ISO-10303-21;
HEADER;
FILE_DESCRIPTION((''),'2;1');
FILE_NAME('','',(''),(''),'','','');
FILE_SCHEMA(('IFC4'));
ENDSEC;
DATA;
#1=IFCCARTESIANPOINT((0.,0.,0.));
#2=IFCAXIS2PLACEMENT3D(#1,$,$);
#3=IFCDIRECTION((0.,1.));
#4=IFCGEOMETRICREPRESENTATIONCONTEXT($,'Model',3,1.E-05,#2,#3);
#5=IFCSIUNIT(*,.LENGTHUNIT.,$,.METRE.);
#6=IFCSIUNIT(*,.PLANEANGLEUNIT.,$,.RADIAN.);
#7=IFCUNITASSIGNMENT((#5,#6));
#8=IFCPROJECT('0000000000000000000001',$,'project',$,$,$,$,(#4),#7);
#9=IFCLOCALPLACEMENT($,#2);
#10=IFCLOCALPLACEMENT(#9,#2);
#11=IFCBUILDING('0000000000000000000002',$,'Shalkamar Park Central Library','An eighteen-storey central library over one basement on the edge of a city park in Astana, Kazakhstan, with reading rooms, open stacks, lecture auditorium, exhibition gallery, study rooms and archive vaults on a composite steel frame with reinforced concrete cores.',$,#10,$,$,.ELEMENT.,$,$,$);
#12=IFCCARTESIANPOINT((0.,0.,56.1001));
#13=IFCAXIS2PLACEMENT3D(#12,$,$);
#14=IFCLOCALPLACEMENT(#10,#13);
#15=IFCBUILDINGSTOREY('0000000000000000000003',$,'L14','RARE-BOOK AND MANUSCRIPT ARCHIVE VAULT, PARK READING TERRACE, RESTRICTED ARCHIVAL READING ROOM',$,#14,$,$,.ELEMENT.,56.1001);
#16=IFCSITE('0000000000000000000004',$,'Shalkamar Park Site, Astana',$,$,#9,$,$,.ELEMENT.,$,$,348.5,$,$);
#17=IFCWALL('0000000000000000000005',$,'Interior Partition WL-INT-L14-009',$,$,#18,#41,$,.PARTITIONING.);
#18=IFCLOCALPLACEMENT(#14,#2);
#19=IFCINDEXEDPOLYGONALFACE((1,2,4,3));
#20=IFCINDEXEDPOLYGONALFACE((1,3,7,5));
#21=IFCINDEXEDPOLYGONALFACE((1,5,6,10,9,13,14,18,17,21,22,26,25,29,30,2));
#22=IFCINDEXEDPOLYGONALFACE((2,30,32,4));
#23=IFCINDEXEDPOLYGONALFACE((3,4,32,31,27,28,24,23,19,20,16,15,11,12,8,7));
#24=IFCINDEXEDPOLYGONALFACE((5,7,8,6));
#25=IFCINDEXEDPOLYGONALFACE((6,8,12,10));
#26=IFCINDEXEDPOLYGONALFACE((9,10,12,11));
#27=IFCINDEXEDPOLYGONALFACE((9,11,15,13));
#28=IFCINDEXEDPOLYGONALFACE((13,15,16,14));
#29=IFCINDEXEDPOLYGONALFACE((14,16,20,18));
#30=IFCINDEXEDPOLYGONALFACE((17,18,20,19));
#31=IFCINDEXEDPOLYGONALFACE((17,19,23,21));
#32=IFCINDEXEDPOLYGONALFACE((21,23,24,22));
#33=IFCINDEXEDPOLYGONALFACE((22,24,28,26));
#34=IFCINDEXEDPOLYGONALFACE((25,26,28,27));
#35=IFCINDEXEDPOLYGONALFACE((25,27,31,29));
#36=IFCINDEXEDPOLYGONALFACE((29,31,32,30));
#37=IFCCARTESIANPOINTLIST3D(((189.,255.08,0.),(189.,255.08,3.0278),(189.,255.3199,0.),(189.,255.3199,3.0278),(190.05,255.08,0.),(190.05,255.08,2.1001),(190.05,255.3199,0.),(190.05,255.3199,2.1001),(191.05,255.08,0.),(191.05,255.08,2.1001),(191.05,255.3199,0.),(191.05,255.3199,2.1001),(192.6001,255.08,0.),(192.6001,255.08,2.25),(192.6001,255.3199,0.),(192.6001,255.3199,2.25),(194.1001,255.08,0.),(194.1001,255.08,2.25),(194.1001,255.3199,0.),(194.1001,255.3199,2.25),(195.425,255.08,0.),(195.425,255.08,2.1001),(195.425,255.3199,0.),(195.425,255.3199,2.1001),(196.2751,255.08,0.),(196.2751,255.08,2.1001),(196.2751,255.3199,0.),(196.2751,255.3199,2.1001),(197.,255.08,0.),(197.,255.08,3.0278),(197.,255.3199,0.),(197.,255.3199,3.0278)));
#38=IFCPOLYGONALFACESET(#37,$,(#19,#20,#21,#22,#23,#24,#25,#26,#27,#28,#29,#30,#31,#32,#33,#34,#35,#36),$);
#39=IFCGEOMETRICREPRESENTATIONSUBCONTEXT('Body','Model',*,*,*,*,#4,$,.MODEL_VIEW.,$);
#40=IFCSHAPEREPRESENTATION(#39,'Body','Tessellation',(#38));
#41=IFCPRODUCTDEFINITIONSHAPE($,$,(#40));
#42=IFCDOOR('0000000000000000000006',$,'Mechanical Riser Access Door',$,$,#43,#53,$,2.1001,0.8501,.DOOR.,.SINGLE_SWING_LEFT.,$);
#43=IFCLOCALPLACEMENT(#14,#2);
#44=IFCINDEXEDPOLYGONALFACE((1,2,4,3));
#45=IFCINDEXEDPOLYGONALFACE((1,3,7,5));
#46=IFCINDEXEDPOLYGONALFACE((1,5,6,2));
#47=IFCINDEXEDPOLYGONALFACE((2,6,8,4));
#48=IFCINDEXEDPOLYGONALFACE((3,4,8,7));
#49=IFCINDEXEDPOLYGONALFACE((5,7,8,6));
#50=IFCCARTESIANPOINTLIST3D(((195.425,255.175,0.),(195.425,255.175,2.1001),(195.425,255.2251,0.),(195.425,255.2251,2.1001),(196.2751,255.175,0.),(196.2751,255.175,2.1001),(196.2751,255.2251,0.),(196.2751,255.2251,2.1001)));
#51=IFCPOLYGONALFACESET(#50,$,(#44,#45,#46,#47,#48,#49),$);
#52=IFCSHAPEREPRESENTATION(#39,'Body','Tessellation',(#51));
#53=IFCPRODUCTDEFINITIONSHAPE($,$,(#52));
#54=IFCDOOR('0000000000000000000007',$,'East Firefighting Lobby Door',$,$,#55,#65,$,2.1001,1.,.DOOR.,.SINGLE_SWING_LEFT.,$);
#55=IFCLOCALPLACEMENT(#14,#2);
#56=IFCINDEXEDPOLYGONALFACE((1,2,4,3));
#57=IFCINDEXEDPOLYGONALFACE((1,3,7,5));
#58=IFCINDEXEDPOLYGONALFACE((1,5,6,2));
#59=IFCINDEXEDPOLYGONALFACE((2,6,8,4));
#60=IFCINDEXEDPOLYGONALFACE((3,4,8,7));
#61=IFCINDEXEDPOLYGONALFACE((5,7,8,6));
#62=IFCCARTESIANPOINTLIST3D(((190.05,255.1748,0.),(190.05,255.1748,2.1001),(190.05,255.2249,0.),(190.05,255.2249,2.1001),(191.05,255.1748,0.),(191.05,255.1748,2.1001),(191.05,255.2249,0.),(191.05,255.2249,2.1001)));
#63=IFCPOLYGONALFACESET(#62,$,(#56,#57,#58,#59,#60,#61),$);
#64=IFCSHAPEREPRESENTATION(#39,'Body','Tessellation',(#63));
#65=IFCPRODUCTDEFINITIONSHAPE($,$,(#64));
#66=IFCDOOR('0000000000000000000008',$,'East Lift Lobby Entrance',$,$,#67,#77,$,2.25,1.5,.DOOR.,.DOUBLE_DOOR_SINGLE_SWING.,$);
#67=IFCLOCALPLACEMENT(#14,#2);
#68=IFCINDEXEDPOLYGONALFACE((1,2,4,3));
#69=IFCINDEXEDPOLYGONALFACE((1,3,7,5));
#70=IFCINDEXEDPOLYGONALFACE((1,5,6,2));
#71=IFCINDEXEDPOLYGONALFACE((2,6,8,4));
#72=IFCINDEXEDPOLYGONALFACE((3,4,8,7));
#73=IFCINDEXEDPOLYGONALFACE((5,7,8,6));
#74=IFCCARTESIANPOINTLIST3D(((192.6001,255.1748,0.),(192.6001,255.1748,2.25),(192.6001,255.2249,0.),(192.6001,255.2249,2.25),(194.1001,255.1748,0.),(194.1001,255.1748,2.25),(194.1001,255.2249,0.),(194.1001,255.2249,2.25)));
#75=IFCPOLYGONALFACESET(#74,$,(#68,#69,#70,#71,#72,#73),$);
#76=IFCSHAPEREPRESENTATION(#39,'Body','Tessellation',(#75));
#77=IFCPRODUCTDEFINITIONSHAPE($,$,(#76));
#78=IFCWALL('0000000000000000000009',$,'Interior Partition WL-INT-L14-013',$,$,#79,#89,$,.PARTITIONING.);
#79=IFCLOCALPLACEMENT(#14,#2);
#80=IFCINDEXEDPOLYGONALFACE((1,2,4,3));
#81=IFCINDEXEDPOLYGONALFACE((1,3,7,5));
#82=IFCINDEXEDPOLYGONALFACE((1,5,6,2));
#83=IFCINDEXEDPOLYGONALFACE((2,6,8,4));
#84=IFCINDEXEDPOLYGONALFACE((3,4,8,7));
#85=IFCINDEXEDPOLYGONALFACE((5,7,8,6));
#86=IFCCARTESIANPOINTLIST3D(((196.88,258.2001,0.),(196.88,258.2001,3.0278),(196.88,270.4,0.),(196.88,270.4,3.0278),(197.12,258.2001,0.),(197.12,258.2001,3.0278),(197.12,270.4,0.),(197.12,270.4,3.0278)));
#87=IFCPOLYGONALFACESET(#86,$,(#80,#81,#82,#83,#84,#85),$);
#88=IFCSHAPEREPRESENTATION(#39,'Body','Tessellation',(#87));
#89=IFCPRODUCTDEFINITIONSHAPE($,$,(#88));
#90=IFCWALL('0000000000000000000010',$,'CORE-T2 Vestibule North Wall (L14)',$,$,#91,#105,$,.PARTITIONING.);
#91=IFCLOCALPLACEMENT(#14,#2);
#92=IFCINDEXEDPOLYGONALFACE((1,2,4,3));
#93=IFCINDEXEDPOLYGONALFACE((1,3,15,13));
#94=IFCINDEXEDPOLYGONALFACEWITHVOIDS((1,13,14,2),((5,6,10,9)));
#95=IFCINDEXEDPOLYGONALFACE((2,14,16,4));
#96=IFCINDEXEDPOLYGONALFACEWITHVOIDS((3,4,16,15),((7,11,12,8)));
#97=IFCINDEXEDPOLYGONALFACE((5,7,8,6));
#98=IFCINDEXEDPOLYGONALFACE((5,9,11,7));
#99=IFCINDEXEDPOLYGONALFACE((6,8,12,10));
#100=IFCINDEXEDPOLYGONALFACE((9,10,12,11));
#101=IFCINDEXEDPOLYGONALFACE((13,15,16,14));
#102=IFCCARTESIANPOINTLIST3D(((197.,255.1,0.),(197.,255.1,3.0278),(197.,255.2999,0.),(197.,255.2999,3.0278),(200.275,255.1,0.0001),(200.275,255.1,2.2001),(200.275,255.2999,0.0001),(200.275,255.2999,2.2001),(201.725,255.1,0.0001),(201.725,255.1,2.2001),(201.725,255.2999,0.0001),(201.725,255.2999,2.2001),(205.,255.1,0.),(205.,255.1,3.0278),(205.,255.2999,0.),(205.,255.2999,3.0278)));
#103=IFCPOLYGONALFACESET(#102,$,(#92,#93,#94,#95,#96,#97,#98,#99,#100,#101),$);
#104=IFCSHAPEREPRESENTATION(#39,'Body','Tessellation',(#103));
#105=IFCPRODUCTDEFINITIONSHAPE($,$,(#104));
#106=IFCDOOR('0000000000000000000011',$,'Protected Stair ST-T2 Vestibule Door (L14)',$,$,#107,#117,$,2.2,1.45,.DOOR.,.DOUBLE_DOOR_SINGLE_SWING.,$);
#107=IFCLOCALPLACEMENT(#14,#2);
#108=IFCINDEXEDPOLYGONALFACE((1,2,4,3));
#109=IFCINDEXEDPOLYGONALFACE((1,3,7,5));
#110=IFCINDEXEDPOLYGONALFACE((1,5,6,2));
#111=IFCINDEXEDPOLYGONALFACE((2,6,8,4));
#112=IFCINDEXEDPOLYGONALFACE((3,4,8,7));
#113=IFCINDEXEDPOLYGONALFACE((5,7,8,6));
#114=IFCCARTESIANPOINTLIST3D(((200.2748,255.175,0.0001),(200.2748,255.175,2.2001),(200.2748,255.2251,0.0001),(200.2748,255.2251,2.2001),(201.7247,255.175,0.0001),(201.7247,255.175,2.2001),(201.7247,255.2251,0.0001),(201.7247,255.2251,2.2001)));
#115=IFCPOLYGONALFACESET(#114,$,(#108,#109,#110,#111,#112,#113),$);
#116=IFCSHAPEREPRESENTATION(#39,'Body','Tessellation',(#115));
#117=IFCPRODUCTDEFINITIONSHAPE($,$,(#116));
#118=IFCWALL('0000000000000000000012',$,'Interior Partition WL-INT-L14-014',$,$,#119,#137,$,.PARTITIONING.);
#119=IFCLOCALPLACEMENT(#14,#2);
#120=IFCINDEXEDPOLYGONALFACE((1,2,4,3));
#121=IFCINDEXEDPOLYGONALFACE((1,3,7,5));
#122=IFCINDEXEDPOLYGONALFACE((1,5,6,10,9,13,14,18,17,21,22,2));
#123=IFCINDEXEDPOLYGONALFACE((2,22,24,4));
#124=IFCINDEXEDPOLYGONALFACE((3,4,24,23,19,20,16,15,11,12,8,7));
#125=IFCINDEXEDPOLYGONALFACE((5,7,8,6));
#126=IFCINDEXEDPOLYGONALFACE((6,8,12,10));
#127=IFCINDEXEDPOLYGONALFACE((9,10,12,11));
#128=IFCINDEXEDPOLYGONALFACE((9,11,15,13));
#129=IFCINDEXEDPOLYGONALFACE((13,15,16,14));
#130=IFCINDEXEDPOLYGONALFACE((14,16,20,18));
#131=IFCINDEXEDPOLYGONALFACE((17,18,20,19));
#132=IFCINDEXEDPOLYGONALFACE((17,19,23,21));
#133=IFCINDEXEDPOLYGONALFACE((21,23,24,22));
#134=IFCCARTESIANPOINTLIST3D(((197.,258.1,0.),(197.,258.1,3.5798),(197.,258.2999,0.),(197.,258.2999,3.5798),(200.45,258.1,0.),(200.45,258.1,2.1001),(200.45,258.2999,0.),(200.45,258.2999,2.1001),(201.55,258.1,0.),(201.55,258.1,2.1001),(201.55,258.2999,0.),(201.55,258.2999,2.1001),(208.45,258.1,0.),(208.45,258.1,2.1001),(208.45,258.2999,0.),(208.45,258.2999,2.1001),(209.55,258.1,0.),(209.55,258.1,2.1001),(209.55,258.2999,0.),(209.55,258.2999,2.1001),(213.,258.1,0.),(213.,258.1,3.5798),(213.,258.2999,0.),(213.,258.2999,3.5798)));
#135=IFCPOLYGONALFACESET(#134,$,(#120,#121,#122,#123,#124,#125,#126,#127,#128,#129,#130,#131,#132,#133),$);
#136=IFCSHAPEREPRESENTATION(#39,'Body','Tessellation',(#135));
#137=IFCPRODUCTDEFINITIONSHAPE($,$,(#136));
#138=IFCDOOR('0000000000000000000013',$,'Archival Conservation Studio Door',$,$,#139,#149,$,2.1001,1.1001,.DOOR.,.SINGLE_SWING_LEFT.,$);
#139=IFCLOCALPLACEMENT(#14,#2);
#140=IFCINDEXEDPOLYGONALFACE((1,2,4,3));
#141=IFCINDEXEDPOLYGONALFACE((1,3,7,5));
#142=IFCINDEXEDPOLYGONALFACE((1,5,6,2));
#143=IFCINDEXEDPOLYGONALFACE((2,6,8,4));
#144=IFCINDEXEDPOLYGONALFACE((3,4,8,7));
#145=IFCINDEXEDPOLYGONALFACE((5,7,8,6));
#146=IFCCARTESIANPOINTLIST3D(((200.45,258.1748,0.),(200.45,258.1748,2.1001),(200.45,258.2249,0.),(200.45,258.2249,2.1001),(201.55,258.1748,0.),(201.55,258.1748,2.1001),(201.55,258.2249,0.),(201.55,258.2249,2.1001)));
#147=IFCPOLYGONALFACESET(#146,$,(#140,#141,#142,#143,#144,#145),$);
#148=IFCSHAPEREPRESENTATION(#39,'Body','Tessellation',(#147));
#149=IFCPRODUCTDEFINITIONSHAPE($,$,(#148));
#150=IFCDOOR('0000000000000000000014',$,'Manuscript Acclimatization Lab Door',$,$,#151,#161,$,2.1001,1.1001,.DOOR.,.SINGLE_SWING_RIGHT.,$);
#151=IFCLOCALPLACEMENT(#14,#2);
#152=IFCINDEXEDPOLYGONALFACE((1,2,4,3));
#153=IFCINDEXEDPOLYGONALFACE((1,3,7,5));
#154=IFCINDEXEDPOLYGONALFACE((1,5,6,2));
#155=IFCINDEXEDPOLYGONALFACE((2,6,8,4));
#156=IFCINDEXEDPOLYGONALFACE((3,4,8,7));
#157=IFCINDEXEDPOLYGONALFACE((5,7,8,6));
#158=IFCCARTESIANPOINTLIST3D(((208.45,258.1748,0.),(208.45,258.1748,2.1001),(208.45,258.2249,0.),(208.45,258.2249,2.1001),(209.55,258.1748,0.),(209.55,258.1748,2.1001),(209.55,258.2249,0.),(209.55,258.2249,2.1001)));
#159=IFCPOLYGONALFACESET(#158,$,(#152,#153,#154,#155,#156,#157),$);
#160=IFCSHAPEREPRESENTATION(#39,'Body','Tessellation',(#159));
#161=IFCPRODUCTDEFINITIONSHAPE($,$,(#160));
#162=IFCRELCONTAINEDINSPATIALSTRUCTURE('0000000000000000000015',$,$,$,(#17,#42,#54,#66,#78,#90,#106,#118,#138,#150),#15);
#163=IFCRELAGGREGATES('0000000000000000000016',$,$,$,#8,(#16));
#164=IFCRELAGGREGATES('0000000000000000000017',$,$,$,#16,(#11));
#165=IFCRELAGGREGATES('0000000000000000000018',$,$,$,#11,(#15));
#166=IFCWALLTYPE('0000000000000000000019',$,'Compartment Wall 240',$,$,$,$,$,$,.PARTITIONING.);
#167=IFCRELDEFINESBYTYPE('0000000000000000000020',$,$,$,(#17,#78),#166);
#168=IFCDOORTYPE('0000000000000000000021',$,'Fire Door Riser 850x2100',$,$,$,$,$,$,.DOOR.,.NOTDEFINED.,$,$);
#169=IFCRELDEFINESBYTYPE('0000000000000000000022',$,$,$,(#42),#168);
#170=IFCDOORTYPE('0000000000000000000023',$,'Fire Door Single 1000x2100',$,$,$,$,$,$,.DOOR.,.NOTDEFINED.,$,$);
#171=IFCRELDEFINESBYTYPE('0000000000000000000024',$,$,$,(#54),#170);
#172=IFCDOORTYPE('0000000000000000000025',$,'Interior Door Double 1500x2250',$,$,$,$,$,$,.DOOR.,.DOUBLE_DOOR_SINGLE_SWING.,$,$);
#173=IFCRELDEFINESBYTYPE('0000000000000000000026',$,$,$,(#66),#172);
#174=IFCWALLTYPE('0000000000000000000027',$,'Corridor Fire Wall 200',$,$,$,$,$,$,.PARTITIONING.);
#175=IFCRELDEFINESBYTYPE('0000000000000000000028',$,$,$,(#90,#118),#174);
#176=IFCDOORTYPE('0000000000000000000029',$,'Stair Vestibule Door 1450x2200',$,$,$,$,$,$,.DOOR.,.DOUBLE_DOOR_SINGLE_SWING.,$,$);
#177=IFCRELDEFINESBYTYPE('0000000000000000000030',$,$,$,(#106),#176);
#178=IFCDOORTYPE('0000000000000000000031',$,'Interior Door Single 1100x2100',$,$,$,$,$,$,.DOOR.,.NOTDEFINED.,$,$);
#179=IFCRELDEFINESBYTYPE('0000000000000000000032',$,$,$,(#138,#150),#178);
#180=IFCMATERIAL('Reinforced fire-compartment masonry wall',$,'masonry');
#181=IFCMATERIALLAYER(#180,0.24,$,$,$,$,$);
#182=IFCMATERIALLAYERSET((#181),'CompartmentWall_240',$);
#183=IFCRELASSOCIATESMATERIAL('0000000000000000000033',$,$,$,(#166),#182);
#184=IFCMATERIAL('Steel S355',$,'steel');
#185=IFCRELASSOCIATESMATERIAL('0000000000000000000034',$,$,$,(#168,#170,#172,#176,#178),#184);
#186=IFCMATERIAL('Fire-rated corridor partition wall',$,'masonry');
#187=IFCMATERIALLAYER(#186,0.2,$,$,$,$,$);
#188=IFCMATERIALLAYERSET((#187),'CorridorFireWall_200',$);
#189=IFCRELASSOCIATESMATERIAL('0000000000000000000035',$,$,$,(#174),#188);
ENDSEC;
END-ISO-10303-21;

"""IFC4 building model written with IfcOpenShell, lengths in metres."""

from ifc_helpers import new_model, si_unit, direction, frame, frame_2d, origin, place, context, subcontext, project, spatial, rectangle, extrude, material, layer, layer_set, type_object, element, fill, save


model = new_model("IFC4")

# Units and contexts
model_context = context("Model", 3, precision=1e-05, world=origin(), true_north=direction((0.0, 1.0)))
body_context = subcontext(model_context, "Body", "Model", "MODEL_VIEW")
ifc_project = project(units=[si_unit("LENGTHUNIT", "METRE"), si_unit("PLANEANGLEUNIT", "RADIAN")], contexts=[model_context])

# Site, building, storey
site_placement = place(None, origin())
site = spatial("IfcSite", under=ifc_project, at=site_placement, Name="Shalkamar Park Site, Astana", CompositionType="ELEMENT", RefElevation=348.5)
building_placement = place(site_placement, origin())
building = spatial("IfcBuilding", under=site, at=building_placement, Name="Shalkamar Park Central Library", Description="An eighteen-storey central library over one basement on the edge of a city park in Astana, Kazakhstan, with reading rooms, open stacks, lecture auditorium, exhibition gallery, study rooms and archive vaults on a composite steel frame with reinforced concrete cores.", CompositionType="ELEMENT")
storey_placement = place(building_placement, frame((0.0, 0.0, 56.1001)))
storey = spatial("IfcBuildingStorey", under=building, at=storey_placement, Name="L14", Description="RARE-BOOK AND MANUSCRIPT ARCHIVE VAULT, PARK READING TERRACE, RESTRICTED ARCHIVAL READING ROOM", CompositionType="ELEMENT", Elevation=56.1001)

# Shared definitions
ifc_material_1 = material(Name="Steel S355", Category="steel")

# Shared definitions
ifc_material_2 = material(Name="Reinforced fire-compartment masonry wall", Category="masonry")
ifc_layer_1 = layer(ifc_material_2, 0.24)
ifc_layer_set_1 = layer_set([ifc_layer_1], Name="CompartmentWall_240")
wall_type_1 = type_object("IfcWallType", Name="Compartment Wall 240", PredefinedType="PARTITIONING", material=ifc_layer_set_1)

# Wall, openings, doors
wall_1_placement = place(storey_placement, frame((189.0, 255.2, 0.0), z_axis=(0.0, 0.0, 1.0), x_axis=(1.0, 0.0, 0.0)))
wall_1 = element("IfcWall", 1, at=wall_1_placement, inside=storey, type_object=wall_type_1, Name="Interior Partition WL-INT-L14-009", PredefinedType="PARTITIONING", context=body_context, shape_type="SweptSolid", body=[
    extrude(rectangle(XDim=8.0, YDim=0.24, at=frame_2d((4.0, 0.0))), origin(), (0.0, 0.0, 1.0), 3.0278),
])
opening_1_placement = place(wall_1_placement, frame((1.05, 0.0, 0.0)))
opening_1 = element("IfcOpeningElement", 2, at=opening_1_placement, cuts=wall_1, PredefinedType="OPENING", context=body_context, shape_type="SweptSolid", body=[
    extrude(rectangle(XDim=1.0, YDim=2.1001, at=frame_2d((0.5, 1.05))), frame((0.0, 0.1348, 0.0), z_axis=(0.0, -1.0, 0.0), x_axis=(1.0, 0.0, 0.0)), (0.0, 0.0, 1.0), 0.2698),
])
opening_2_placement = place(wall_1_placement, frame((3.6001, 0.0, 0.0)))
opening_2 = element("IfcOpeningElement", 3, at=opening_2_placement, cuts=wall_1, PredefinedType="OPENING", context=body_context, shape_type="SweptSolid", body=[
    extrude(rectangle(XDim=1.5, YDim=2.25, at=frame_2d((0.75, 1.125))), frame((0.0, 0.1348, 0.0), z_axis=(0.0, -1.0, 0.0), x_axis=(1.0, 0.0, 0.0)), (0.0, 0.0, 1.0), 0.2698),
])
opening_3_placement = place(wall_1_placement, frame((6.425, 0.0, 0.0)))
opening_3 = element("IfcOpeningElement", 4, at=opening_3_placement, cuts=wall_1, PredefinedType="OPENING", context=body_context, shape_type="SweptSolid", body=[
    extrude(rectangle(XDim=0.8501, YDim=2.1001, at=frame_2d((0.425, 1.05))), frame((0.0, 0.1348, 0.0), z_axis=(0.0, -1.0, 0.0), x_axis=(1.0, 0.0, 0.0)), (0.0, 0.0, 1.0), 0.2698),
])
door_type_1 = type_object("IfcDoorType", Name="Fire Door Riser 850x2100", OperationType="NOTDEFINED", PredefinedType="DOOR", material=ifc_material_1)
door_1_placement = place(opening_3_placement, frame((0.8501, 0.0, 0.0), z_axis=(0.0, 0.0, 1.0), x_axis=(-1.0, 0.0, 0.0)))
door_1 = element("IfcDoor", 5, at=door_1_placement, inside=storey, type_object=door_type_1, Name="Mechanical Riser Access Door", OperationType="SINGLE_SWING_LEFT", OverallHeight=2.1001, OverallWidth=0.8501, PredefinedType="DOOR", context=body_context, shape_type="SweptSolid", body=[
    extrude(rectangle(XDim=0.8501, YDim=2.1001, at=frame_2d((0.425, 1.05))), frame((0.0, 0.0249, 0.0), z_axis=(0.0, -1.0, 0.0), x_axis=(1.0, 0.0, 0.0)), (0.0, 0.0, 1.0), 0.05),
])
fill(opening_3, door_1)
door_type_2 = type_object("IfcDoorType", Name="Fire Door Single 1000x2100", OperationType="NOTDEFINED", PredefinedType="DOOR", material=ifc_material_1)
door_2_placement = place(opening_1_placement, origin())
door_2 = element("IfcDoor", 6, at=door_2_placement, inside=storey, type_object=door_type_2, Name="East Firefighting Lobby Door", OperationType="SINGLE_SWING_LEFT", OverallHeight=2.1001, OverallWidth=1.0, PredefinedType="DOOR", context=body_context, shape_type="SweptSolid", body=[
    extrude(rectangle(XDim=1.0, YDim=2.1001, at=frame_2d((0.5, 1.05))), frame((0.0, 0.0249, 0.0), z_axis=(0.0, -1.0, 0.0), x_axis=(1.0, 0.0, 0.0)), (0.0, 0.0, 1.0), 0.05),
])
fill(opening_1, door_2)
door_type_3 = type_object("IfcDoorType", Name="Interior Door Double 1500x2250", OperationType="DOUBLE_DOOR_SINGLE_SWING", PredefinedType="DOOR", material=ifc_material_1)
door_3_placement = place(opening_2_placement, origin())
door_3 = element("IfcDoor", 7, at=door_3_placement, inside=storey, type_object=door_type_3, Name="East Lift Lobby Entrance", OperationType="DOUBLE_DOOR_SINGLE_SWING", OverallHeight=2.25, OverallWidth=1.5, PredefinedType="DOOR", context=body_context, shape_type="SweptSolid", body=[
    extrude(rectangle(XDim=1.5, YDim=2.25, at=frame_2d((0.75, 1.125))), frame((0.0, 0.0249, 0.0), z_axis=(0.0, -1.0, 0.0), x_axis=(1.0, 0.0, 0.0)), (0.0, 0.0, 1.0), 0.05),
])
fill(opening_2, door_3)

# Wall
wall_2_placement = place(storey_placement, frame((197.0, 258.2, 0.0), z_axis=(0.0, 0.0, 1.0), x_axis=(0.0, 1.0, 0.0)))
element("IfcWall", 8, at=wall_2_placement, inside=storey, type_object=wall_type_1, Name="Interior Partition WL-INT-L14-013", PredefinedType="PARTITIONING", context=body_context, shape_type="SweptSolid", body=[
    extrude(rectangle(XDim=12.2, YDim=0.24, at=frame_2d((6.1001, 0.0))), origin(), (0.0, 0.0, 1.0), 3.0278),
])

# Wall, opening, door
ifc_material_3 = material(Name="Fire-rated corridor partition wall", Category="masonry")
ifc_layer_2 = layer(ifc_material_3, 0.2)
ifc_layer_set_2 = layer_set([ifc_layer_2], Name="CorridorFireWall_200")
wall_type_2 = type_object("IfcWallType", Name="Corridor Fire Wall 200", PredefinedType="PARTITIONING", material=ifc_layer_set_2)
wall_3_placement = place(storey_placement, frame((197.0, 255.2, 0.0), z_axis=(0.0, 0.0, 1.0), x_axis=(1.0, 0.0, 0.0)))
wall_3 = element("IfcWall", 9, at=wall_3_placement, inside=storey, type_object=wall_type_2, Name="CORE-T2 Vestibule North Wall (L14)", PredefinedType="PARTITIONING", context=body_context, shape_type="SweptSolid", body=[
    extrude(rectangle(XDim=8.0, YDim=0.2, at=frame_2d((4.0, 0.0))), origin(), (0.0, 0.0, 1.0), 3.0278),
])
opening_4_placement = place(wall_3_placement, frame((3.2749, 0.0, 0.0)))
opening_4 = element("IfcOpeningElement", 10, at=opening_4_placement, cuts=wall_3, PredefinedType="OPENING", context=body_context, shape_type="SweptSolid", body=[
    extrude(rectangle(XDim=1.45, YDim=2.2, at=frame_2d((0.7251, 1.1001))), frame((0.0, 0.1147, 0.0), z_axis=(0.0, -1.0, 0.0), x_axis=(1.0, 0.0, 0.0)), (0.0, 0.0, 1.0), 0.2297),
])
door_type_4 = type_object("IfcDoorType", Name="Stair Vestibule Door 1450x2200", OperationType="DOUBLE_DOOR_SINGLE_SWING", PredefinedType="DOOR", material=ifc_material_1)
door_4_placement = place(opening_4_placement, frame((1.45, 0.0, 0.0), z_axis=(0.0, 0.0, 1.0), x_axis=(-1.0, 0.0, 0.0)))
door_4 = element("IfcDoor", 11, at=door_4_placement, inside=storey, type_object=door_type_4, Name="Protected Stair ST-T2 Vestibule Door (L14)", OperationType="DOUBLE_DOOR_SINGLE_SWING", OverallHeight=2.2, OverallWidth=1.45, PredefinedType="DOOR", context=body_context, shape_type="SweptSolid", body=[
    extrude(rectangle(XDim=1.45, YDim=2.2, at=frame_2d((0.7251, 1.1001))), frame((0.0, 0.0249, 0.0), z_axis=(0.0, -1.0, 0.0), x_axis=(1.0, 0.0, 0.0)), (0.0, 0.0, 1.0), 0.05),
])
fill(opening_4, door_4)

# Wall, openings, doors
wall_4_placement = place(storey_placement, frame((197.0, 258.2, 0.0), z_axis=(0.0, 0.0, 1.0), x_axis=(1.0, 0.0, 0.0)))
wall_4 = element("IfcWall", 12, at=wall_4_placement, inside=storey, type_object=wall_type_2, Name="Interior Partition WL-INT-L14-014", PredefinedType="PARTITIONING", context=body_context, shape_type="SweptSolid", body=[
    extrude(rectangle(XDim=16.0, YDim=0.2, at=frame_2d((8.0, 0.0))), origin(), (0.0, 0.0, 1.0), 3.5798),
])
opening_5_placement = place(wall_4_placement, frame((3.45, 0.0, 0.0)))
opening_5 = element("IfcOpeningElement", 13, at=opening_5_placement, cuts=wall_4, PredefinedType="OPENING", context=body_context, shape_type="SweptSolid", body=[
    extrude(rectangle(XDim=1.1001, YDim=2.1001, at=frame_2d((0.55, 1.05))), frame((0.0, 0.1147, 0.0), z_axis=(0.0, -1.0, 0.0), x_axis=(1.0, 0.0, 0.0)), (0.0, 0.0, 1.0), 0.2297),
])
opening_6_placement = place(wall_4_placement, frame((11.45, 0.0, 0.0)))
opening_6 = element("IfcOpeningElement", 14, at=opening_6_placement, cuts=wall_4, PredefinedType="OPENING", context=body_context, shape_type="SweptSolid", body=[
    extrude(rectangle(XDim=1.1001, YDim=2.1001, at=frame_2d((0.55, 1.05))), frame((0.0, 0.1147, 0.0), z_axis=(0.0, -1.0, 0.0), x_axis=(1.0, 0.0, 0.0)), (0.0, 0.0, 1.0), 0.2297),
])
door_type_5 = type_object("IfcDoorType", Name="Interior Door Single 1100x2100", OperationType="NOTDEFINED", PredefinedType="DOOR", material=ifc_material_1)
door_5_placement = place(opening_5_placement, origin())
door_5 = element("IfcDoor", 15, at=door_5_placement, inside=storey, type_object=door_type_5, Name="Archival Conservation Studio Door", OperationType="SINGLE_SWING_LEFT", OverallHeight=2.1001, OverallWidth=1.1001, PredefinedType="DOOR", context=body_context, shape_type="SweptSolid", body=[
    extrude(rectangle(XDim=1.1001, YDim=2.1001, at=frame_2d((0.55, 1.05))), frame((0.0, 0.0249, 0.0), z_axis=(0.0, -1.0, 0.0), x_axis=(1.0, 0.0, 0.0)), (0.0, 0.0, 1.0), 0.05),
])
fill(opening_5, door_5)
door_6_placement = place(opening_6_placement, origin())
door_6 = element("IfcDoor", 16, at=door_6_placement, inside=storey, type_object=door_type_5, Name="Manuscript Acclimatization Lab Door", OperationType="SINGLE_SWING_RIGHT", OverallHeight=2.1001, OverallWidth=1.1001, PredefinedType="DOOR", context=body_context, shape_type="SweptSolid", body=[
    extrude(rectangle(XDim=1.1001, YDim=2.1001, at=frame_2d((0.55, 1.05))), frame((0.0, 0.0249, 0.0), z_axis=(0.0, -1.0, 0.0), x_axis=(1.0, 0.0, 0.0)), (0.0, 0.0, 1.0), 0.05),
])
fill(opening_6, door_6)

save(model, "model.ifc")
